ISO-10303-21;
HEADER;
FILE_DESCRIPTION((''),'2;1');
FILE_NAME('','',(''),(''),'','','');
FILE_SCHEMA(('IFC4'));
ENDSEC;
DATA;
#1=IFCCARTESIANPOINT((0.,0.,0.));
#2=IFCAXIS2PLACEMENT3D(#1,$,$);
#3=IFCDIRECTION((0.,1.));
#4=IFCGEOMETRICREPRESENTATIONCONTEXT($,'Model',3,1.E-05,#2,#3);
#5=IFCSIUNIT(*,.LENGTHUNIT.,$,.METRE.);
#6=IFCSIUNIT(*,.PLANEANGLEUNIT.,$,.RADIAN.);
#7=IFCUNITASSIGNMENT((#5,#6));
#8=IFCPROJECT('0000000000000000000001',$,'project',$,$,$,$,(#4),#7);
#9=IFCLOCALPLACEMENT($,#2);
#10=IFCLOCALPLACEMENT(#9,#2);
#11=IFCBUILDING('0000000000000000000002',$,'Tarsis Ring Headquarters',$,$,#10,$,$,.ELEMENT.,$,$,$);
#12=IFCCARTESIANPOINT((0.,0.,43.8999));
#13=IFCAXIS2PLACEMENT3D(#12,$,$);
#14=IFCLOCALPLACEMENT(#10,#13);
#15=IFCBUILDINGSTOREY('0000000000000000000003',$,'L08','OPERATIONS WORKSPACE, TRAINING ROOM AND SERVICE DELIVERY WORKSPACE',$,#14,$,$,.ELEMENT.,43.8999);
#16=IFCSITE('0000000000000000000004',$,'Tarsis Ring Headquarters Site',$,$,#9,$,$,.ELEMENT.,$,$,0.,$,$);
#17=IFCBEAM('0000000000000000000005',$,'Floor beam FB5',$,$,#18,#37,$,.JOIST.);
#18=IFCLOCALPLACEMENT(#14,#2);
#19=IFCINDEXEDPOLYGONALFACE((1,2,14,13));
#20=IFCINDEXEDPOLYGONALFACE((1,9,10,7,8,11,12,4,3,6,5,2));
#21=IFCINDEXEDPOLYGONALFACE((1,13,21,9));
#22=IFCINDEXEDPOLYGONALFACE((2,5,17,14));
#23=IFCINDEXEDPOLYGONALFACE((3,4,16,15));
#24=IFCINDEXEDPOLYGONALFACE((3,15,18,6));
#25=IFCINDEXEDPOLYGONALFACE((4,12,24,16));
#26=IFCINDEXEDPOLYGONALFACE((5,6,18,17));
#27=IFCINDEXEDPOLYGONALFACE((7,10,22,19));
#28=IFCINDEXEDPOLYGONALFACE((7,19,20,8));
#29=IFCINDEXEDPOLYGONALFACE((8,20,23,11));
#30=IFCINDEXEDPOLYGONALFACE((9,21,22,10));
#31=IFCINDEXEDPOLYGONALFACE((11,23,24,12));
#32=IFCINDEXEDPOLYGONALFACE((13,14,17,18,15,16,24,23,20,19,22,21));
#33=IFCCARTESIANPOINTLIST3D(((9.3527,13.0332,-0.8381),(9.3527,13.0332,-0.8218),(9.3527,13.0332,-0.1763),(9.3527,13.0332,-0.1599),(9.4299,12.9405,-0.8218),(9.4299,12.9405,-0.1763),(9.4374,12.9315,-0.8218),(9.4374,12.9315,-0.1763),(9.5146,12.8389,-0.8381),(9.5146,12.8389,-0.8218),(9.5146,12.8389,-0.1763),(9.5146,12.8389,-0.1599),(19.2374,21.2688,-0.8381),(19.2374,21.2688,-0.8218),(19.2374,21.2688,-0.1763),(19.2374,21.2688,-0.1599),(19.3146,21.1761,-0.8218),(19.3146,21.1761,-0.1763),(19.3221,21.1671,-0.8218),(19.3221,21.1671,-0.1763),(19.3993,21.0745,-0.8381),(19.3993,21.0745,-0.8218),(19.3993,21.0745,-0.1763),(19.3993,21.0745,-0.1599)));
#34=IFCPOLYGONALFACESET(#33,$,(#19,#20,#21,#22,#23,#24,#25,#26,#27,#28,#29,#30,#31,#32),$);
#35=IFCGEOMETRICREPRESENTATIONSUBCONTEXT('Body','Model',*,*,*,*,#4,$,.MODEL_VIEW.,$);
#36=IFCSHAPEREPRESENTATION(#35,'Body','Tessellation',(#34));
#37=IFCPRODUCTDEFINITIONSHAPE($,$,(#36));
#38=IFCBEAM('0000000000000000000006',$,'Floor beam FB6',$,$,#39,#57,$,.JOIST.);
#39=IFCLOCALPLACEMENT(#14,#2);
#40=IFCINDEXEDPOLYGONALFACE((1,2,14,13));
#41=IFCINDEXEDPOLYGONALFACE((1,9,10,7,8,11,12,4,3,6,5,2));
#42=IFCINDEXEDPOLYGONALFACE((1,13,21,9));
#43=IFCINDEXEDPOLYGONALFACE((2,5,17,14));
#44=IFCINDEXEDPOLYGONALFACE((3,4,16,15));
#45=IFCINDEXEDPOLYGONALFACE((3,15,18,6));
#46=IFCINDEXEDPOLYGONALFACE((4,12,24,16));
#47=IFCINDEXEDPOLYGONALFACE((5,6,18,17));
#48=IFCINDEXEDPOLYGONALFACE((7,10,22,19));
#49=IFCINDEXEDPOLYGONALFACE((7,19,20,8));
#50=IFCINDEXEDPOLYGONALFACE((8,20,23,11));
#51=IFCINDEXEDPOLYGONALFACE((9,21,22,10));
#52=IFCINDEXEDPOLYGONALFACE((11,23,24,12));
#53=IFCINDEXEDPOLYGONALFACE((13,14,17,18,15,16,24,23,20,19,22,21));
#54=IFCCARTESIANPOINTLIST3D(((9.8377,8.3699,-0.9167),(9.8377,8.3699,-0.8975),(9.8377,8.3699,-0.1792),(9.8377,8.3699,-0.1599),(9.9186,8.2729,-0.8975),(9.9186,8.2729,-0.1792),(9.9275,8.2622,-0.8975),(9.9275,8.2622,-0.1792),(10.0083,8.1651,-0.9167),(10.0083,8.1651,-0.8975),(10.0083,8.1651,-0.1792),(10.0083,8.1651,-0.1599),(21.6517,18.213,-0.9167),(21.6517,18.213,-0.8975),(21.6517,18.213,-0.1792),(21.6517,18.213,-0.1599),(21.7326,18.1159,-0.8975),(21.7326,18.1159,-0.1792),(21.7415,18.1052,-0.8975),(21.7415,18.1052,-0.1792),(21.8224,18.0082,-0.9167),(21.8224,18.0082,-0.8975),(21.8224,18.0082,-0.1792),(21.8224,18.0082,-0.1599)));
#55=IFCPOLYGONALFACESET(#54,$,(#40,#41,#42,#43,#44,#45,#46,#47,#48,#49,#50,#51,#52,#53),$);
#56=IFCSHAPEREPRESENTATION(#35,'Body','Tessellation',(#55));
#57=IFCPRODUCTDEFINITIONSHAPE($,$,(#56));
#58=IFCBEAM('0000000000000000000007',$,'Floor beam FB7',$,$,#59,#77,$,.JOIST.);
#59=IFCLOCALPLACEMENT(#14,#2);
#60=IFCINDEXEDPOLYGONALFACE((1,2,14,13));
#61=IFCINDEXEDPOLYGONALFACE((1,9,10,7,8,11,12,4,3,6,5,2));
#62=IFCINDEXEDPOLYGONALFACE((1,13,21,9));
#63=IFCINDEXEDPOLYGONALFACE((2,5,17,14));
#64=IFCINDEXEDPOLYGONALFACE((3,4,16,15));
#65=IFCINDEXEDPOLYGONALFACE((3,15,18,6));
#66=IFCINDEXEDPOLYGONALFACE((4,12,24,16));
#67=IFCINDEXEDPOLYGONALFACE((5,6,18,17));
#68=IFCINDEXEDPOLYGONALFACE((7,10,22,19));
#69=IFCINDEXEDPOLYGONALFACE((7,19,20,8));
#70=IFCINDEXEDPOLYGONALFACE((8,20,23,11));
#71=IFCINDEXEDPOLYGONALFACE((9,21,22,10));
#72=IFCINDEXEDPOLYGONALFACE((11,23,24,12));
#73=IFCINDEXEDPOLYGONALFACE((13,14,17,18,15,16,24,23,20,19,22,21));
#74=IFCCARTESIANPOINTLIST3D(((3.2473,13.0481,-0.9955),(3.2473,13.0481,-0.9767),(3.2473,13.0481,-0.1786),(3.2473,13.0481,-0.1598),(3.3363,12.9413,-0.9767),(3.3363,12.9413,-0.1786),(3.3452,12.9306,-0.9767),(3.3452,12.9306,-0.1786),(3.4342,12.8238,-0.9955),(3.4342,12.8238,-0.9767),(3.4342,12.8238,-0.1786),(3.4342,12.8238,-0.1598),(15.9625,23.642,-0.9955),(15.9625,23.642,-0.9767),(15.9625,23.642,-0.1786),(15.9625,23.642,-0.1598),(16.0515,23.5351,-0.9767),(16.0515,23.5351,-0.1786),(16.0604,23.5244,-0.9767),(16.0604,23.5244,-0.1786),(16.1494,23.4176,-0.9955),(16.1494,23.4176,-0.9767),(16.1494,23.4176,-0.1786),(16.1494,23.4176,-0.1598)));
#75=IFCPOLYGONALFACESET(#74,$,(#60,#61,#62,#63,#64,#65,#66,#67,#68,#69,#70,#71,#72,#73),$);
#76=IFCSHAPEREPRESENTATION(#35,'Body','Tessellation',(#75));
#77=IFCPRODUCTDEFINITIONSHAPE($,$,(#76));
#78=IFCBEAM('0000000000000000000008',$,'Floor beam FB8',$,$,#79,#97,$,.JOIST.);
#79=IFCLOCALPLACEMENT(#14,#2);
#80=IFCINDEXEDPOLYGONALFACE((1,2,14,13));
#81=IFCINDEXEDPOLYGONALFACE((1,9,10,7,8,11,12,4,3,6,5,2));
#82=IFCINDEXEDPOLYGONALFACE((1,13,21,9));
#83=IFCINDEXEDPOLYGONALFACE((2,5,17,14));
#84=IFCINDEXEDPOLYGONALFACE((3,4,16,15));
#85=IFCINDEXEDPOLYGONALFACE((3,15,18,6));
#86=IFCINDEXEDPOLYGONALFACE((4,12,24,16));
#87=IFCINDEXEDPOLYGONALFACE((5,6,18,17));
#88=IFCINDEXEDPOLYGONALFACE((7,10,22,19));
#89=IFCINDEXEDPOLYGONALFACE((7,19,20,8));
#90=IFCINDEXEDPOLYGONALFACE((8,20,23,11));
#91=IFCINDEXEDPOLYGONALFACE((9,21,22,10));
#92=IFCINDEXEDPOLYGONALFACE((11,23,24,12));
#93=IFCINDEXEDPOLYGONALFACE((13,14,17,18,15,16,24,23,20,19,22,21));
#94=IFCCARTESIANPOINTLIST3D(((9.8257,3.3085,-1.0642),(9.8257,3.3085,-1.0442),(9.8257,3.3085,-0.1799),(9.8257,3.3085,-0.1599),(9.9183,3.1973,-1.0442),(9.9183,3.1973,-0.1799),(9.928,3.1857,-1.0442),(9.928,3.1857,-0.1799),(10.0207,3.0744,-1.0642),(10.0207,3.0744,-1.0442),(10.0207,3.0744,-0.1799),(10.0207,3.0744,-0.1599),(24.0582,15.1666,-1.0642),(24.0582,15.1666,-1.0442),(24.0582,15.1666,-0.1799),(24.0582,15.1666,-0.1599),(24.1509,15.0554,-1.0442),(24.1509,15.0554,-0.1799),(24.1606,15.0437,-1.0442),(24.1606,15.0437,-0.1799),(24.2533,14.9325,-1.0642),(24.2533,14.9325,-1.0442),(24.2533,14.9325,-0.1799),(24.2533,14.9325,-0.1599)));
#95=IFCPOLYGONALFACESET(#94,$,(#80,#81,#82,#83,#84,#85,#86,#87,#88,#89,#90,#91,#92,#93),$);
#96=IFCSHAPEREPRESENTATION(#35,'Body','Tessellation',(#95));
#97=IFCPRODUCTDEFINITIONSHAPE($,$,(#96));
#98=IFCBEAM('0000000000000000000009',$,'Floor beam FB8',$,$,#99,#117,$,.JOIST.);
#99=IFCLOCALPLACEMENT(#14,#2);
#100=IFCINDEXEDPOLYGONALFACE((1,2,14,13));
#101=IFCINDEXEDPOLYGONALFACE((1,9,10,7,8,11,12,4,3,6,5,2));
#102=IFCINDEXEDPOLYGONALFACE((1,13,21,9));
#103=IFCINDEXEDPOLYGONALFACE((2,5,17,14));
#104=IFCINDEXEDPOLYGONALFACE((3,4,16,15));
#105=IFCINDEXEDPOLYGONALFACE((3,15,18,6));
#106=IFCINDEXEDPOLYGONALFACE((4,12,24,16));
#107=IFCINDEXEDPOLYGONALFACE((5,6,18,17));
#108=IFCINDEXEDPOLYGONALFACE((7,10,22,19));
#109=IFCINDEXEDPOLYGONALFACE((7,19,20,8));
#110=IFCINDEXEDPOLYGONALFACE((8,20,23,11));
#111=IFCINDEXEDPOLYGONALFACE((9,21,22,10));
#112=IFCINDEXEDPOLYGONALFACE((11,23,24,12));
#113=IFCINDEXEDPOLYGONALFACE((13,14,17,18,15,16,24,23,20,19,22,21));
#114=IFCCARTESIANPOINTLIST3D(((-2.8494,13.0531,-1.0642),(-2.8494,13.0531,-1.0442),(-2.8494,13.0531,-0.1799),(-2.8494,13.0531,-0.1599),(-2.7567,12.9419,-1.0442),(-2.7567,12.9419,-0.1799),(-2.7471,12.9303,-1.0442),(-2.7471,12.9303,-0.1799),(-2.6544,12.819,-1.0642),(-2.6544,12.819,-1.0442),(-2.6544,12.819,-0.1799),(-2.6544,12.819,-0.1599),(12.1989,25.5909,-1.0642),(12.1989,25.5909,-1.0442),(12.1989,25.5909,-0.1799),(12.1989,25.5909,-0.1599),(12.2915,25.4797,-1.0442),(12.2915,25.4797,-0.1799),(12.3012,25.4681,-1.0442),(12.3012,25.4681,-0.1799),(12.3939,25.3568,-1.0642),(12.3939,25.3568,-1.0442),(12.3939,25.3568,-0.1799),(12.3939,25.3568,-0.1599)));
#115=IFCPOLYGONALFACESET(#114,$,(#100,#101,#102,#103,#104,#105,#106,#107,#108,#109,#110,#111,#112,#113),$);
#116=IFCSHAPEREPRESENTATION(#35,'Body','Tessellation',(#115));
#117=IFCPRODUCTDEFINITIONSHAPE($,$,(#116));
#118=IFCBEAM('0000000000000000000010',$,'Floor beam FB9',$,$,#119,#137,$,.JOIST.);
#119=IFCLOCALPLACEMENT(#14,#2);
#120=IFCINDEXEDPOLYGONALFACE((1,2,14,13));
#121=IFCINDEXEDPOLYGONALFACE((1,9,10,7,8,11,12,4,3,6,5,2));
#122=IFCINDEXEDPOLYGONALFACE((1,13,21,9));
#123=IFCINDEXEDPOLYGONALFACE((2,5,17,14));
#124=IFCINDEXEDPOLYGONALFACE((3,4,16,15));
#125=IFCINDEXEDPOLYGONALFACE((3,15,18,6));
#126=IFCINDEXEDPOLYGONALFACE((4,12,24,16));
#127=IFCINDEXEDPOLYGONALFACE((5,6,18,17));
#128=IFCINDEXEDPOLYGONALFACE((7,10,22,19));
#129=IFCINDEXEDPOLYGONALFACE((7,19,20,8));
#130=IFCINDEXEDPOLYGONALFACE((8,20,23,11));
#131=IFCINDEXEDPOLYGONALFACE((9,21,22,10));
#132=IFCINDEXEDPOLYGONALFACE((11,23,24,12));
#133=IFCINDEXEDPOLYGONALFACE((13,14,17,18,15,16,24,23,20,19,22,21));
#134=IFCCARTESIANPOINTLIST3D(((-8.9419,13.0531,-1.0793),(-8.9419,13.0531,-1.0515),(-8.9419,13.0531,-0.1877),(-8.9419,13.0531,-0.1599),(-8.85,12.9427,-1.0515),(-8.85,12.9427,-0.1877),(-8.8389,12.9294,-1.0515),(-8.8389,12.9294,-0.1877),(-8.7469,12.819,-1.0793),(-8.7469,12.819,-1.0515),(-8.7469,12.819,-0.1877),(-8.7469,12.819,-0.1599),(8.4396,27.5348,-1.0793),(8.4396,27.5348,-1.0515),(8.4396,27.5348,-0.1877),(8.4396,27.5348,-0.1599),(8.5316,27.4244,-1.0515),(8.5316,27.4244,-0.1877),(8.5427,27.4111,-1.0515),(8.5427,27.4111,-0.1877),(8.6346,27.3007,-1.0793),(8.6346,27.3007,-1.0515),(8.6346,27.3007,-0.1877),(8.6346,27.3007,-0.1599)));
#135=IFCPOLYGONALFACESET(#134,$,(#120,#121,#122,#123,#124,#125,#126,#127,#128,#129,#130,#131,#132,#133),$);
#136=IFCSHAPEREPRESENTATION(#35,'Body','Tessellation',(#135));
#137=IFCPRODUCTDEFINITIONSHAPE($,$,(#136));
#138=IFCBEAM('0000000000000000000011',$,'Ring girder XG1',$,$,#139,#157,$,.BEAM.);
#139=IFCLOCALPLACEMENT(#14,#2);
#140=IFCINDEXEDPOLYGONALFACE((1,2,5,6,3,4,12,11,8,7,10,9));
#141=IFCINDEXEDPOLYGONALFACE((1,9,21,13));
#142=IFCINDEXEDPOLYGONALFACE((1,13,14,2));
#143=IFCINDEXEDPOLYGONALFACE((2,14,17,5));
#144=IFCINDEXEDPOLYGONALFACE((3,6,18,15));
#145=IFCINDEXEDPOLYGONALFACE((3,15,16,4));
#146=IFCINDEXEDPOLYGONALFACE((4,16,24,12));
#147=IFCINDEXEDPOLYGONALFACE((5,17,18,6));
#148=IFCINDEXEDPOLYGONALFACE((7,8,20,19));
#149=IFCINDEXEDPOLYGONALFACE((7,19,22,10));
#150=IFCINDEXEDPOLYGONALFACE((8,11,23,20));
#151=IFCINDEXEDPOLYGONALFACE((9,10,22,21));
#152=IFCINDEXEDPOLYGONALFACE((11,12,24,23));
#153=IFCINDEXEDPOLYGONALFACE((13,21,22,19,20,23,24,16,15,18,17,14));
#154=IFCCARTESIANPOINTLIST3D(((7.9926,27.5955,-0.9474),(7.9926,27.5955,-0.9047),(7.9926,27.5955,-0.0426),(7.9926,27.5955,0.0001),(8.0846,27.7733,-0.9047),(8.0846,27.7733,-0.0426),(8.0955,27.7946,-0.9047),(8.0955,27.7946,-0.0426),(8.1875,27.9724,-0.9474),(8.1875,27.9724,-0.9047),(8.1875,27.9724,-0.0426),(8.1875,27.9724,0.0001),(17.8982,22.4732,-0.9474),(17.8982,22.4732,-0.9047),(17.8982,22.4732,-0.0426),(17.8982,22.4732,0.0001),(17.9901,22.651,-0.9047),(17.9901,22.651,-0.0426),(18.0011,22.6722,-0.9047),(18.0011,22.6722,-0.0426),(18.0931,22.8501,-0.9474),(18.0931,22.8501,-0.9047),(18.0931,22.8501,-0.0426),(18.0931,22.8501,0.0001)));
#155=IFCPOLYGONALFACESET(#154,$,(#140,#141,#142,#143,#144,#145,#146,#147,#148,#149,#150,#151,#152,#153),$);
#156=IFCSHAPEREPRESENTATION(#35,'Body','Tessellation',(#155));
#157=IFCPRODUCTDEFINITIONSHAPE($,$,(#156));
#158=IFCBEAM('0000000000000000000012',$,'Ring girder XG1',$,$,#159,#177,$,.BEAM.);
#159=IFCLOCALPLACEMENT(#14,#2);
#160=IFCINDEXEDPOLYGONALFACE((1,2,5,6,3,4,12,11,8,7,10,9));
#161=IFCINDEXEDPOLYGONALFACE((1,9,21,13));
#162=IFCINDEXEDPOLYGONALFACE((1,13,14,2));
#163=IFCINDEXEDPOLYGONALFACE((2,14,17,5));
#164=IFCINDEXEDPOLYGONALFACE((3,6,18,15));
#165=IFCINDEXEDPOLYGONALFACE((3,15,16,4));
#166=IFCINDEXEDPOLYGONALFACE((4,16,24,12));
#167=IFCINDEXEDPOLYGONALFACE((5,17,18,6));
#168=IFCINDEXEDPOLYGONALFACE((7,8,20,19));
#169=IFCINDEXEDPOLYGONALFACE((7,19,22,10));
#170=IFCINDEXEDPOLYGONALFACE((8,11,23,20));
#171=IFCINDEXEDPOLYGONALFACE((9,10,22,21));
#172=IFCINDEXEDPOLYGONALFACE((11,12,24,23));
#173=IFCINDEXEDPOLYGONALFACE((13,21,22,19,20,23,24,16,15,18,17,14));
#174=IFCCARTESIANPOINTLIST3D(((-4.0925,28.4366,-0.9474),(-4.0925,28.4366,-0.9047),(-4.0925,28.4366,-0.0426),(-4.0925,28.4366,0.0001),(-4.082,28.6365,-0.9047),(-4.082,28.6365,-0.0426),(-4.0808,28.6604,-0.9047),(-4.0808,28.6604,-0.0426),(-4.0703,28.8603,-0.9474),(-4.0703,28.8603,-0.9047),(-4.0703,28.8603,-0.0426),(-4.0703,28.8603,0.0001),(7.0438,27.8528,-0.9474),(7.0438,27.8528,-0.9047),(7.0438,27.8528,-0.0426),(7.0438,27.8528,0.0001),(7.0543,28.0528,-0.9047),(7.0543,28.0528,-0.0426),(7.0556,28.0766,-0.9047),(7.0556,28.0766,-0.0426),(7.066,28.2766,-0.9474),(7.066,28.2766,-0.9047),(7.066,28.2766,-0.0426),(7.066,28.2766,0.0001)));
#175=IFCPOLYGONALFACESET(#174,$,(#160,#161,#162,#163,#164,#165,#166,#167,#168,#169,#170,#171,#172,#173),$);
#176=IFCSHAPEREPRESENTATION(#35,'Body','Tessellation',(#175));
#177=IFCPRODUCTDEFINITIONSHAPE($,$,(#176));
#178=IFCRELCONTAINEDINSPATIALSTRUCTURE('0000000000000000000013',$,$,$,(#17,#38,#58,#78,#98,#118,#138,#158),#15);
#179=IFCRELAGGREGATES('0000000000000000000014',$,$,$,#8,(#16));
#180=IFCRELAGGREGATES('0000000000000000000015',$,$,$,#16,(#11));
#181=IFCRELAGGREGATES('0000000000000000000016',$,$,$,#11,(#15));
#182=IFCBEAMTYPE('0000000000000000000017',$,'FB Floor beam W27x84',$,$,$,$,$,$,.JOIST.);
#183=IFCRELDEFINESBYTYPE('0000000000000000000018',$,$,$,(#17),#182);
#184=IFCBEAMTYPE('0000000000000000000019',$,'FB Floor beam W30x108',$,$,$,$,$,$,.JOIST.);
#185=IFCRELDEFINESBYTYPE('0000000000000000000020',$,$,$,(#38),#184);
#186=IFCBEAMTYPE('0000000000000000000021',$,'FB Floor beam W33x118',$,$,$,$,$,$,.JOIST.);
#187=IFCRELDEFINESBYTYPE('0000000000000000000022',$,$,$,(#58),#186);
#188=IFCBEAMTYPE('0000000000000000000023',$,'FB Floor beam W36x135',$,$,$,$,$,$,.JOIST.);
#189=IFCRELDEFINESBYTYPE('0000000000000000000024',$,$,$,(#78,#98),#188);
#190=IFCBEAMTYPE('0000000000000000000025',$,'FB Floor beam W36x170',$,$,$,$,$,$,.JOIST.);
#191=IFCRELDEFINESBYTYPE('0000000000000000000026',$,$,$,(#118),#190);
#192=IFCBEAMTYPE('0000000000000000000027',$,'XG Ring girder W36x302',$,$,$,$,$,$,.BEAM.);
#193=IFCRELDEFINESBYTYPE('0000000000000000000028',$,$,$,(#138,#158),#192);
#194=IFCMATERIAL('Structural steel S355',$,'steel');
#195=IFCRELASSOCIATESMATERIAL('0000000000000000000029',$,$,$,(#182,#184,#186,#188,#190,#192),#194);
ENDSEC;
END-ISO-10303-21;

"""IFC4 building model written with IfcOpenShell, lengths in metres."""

from ifc_helpers import new_model, si_unit, direction, frame, origin, origin_2d, place, context, subcontext, project, spatial, i_section, extrude, material, material_profile, profile_set, type_object, element, save


model = new_model("IFC4")

# Units and contexts
model_context = context("Model", 3, precision=1e-05, world=origin(), true_north=direction((0.0, 1.0)))
body_context = subcontext(model_context, "Body", "Model", "MODEL_VIEW")
ifc_project = project(units=[si_unit("LENGTHUNIT", "METRE"), si_unit("PLANEANGLEUNIT", "RADIAN")], contexts=[model_context])

# Site, building, storey
site_placement = place(None, origin())
site = spatial("IfcSite", under=ifc_project, at=site_placement, Name="Tarsis Ring Headquarters Site", CompositionType="ELEMENT", RefElevation=0.0)
building_placement = place(site_placement, origin())
building = spatial("IfcBuilding", under=site, at=building_placement, Name="Tarsis Ring Headquarters", CompositionType="ELEMENT")
storey_placement = place(building_placement, frame((0.0, 0.0, 43.8999)))
storey = spatial("IfcBuildingStorey", under=building, at=storey_placement, Name="L08", Description="OPERATIONS WORKSPACE, TRAINING ROOM AND SERVICE DELIVERY WORKSPACE", CompositionType="ELEMENT", Elevation=43.8999)

# Beams
ifc_material_1 = material(Name="Structural steel S355", Category="steel")
ifc_material_profile_1 = material_profile(ifc_material_1, i_section(OverallWidth=0.2529, OverallDepth=0.6782, WebThickness=0.0117, FlangeThickness=0.0164, at=origin_2d()), Name="W27x84")
ifc_profile_set_1 = profile_set([ifc_material_profile_1], Name="Structural steel S355")
beam_type_1 = type_object("IfcBeamType", Name="FB Floor beam W27x84", PredefinedType="JOIST", material=ifc_profile_set_1)
beam_1_placement = place(storey_placement, frame((19.3184, 21.1716, -0.499), z_axis=(-0.768287, -0.640106, 0.0), x_axis=(0.640106, -0.768287, 0.0)))
element("IfcBeam", 1, at=beam_1_placement, inside=storey, type_object=beam_type_1, Name="Floor beam FB5", PredefinedType="JOIST", context=body_context, shape_type="SweptSolid", body=[
    extrude(i_section(OverallWidth=0.2529, OverallDepth=0.6782, WebThickness=0.0117, FlangeThickness=0.0164, at=origin_2d()), origin(), (0.0, 0.0, 1.0), 12.866),
])
ifc_material_profile_2 = material_profile(ifc_material_1, i_section(OverallWidth=0.2666, OverallDepth=0.7568, WebThickness=0.0139, FlangeThickness=0.0193, at=origin_2d()), Name="W30x108")
ifc_profile_set_2 = profile_set([ifc_material_profile_2], Name="Structural steel S355")
beam_type_2 = type_object("IfcBeamType", Name="FB Floor beam W30x108", PredefinedType="JOIST", material=ifc_profile_set_2)
beam_2_placement = place(storey_placement, frame((21.7371, 18.1106, -0.5383), z_axis=(-0.768284, -0.640109, 0.0), x_axis=(0.640109, -0.768284, 0.0)))
element("IfcBeam", 2, at=beam_2_placement, inside=storey, type_object=beam_type_2, Name="Floor beam FB6", PredefinedType="JOIST", context=body_context, shape_type="SweptSolid", body=[
    extrude(i_section(OverallWidth=0.2666, OverallDepth=0.7568, WebThickness=0.0139, FlangeThickness=0.0193, at=origin_2d()), origin(), (0.0, 0.0, 1.0), 15.3772),
])
ifc_material_profile_3 = material_profile(ifc_material_1, i_section(OverallWidth=0.292, OverallDepth=0.8357, WebThickness=0.0139, FlangeThickness=0.0188, at=origin_2d()), Name="W33x118")
ifc_profile_set_3 = profile_set([ifc_material_profile_3], Name="Structural steel S355")
beam_type_3 = type_object("IfcBeamType", Name="FB Floor beam W33x118", PredefinedType="JOIST", material=ifc_profile_set_3)
beam_3_placement = place(storey_placement, frame((16.0559, 23.5298, -0.5776), z_axis=(-0.768285, -0.640107, 0.0), x_axis=(0.640107, -0.768285, 0.0)))
element("IfcBeam", 3, at=beam_3_placement, inside=storey, type_object=beam_type_3, Name="Floor beam FB7", PredefinedType="JOIST", context=body_context, shape_type="SweptSolid", body=[
    extrude(i_section(OverallWidth=0.292, OverallDepth=0.8357, WebThickness=0.0139, FlangeThickness=0.0188, at=origin_2d()), origin(), (0.0, 0.0, 1.0), 16.55),
])
ifc_material_profile_4 = material_profile(ifc_material_1, i_section(OverallWidth=0.3047, OverallDepth=0.9043, WebThickness=0.0151, FlangeThickness=0.02, at=origin_2d()), Name="W36x135")
ifc_profile_set_4 = profile_set([ifc_material_profile_4], Name="Structural steel S355")
beam_type_4 = type_object("IfcBeamType", Name="FB Floor beam W36x135", PredefinedType="JOIST", material=ifc_profile_set_4)
beam_4_placement = place(storey_placement, frame((24.1558, 15.0496, -0.6121), z_axis=(-0.768285, -0.640108, 0.0), x_axis=(0.640108, -0.768285, 0.0)))
element("IfcBeam", 4, at=beam_4_placement, inside=storey, type_object=beam_type_4, Name="Floor beam FB8", PredefinedType="JOIST", context=body_context, shape_type="SweptSolid", body=[
    extrude(i_section(OverallWidth=0.3047, OverallDepth=0.9043, WebThickness=0.0151, FlangeThickness=0.02, at=origin_2d()), origin(), (0.0, 0.0, 1.0), 18.5251),
])
beam_5_placement = place(storey_placement, frame((12.2964, 25.4739, -0.6121), z_axis=(-0.768283, -0.640111, 0.0), x_axis=(0.640111, -0.768283, 0.0)))
element("IfcBeam", 5, at=beam_5_placement, inside=storey, type_object=beam_type_4, Name="Floor beam FB8", PredefinedType="JOIST", context=body_context, shape_type="SweptSolid", body=[
    extrude(i_section(OverallWidth=0.3047, OverallDepth=0.9043, WebThickness=0.0151, FlangeThickness=0.02, at=origin_2d()), origin(), (0.0, 0.0, 1.0), 19.5869),
])
ifc_material_profile_5 = material_profile(ifc_material_1, i_section(OverallWidth=0.3047, OverallDepth=0.9194, WebThickness=0.0173, FlangeThickness=0.0278, at=origin_2d()), Name="W36x170")
ifc_profile_set_5 = profile_set([ifc_material_profile_5], Name="Structural steel S355")
beam_type_5 = type_object("IfcBeamType", Name="FB Floor beam W36x170", PredefinedType="JOIST", material=ifc_profile_set_5)
beam_6_placement = place(storey_placement, frame((8.5371, 27.4177, -0.6196), z_axis=(-0.768286, -0.640107, 0.0), x_axis=(0.640107, -0.768286, 0.0)))
element("IfcBeam", 6, at=beam_6_placement, inside=storey, type_object=beam_type_5, Name="Floor beam FB9", PredefinedType="JOIST", context=body_context, shape_type="SweptSolid", body=[
    extrude(i_section(OverallWidth=0.3047, OverallDepth=0.9194, WebThickness=0.0173, FlangeThickness=0.0278, at=origin_2d()), origin(), (0.0, 0.0, 1.0), 22.6238),
])
ifc_material_profile_6 = material_profile(ifc_material_1, i_section(OverallWidth=0.4243, OverallDepth=0.9475, WebThickness=0.0239, FlangeThickness=0.0427, at=origin_2d()), Name="W36x302")
ifc_profile_set_6 = profile_set([ifc_material_profile_6], Name="Structural steel S355")
beam_type_6 = type_object("IfcBeamType", Name="XG Ring girder W36x302", PredefinedType="BEAM", material=ifc_profile_set_6)
for number, where, z_axis, x_axis, name in (
    (7, (17.9956, 22.6616, -0.4736), (-0.888263, 0.459336, 0.0), (-0.459336, -0.888263, 0.0), "Ring girder XG1"),
    (8, (7.0549, 28.0647, -0.4736), (-0.998629, 0.052346, 0.0), (-0.052346, -0.998629, 0.0), "Ring girder XG1"),
):
    element("IfcBeam", number, at=place(storey_placement, frame(where, z_axis=z_axis, x_axis=x_axis)), inside=storey, type_object=beam_type_6, Name=name, PredefinedType="BEAM", context=body_context, shape_type="SweptSolid", body=[
        extrude(i_section(OverallWidth=0.4243, OverallDepth=0.9475, WebThickness=0.0239, FlangeThickness=0.0427, at=origin_2d()), origin(), (0.0, 0.0, 1.0), 11.1516),
    ])

save(model, "model.ifc")
